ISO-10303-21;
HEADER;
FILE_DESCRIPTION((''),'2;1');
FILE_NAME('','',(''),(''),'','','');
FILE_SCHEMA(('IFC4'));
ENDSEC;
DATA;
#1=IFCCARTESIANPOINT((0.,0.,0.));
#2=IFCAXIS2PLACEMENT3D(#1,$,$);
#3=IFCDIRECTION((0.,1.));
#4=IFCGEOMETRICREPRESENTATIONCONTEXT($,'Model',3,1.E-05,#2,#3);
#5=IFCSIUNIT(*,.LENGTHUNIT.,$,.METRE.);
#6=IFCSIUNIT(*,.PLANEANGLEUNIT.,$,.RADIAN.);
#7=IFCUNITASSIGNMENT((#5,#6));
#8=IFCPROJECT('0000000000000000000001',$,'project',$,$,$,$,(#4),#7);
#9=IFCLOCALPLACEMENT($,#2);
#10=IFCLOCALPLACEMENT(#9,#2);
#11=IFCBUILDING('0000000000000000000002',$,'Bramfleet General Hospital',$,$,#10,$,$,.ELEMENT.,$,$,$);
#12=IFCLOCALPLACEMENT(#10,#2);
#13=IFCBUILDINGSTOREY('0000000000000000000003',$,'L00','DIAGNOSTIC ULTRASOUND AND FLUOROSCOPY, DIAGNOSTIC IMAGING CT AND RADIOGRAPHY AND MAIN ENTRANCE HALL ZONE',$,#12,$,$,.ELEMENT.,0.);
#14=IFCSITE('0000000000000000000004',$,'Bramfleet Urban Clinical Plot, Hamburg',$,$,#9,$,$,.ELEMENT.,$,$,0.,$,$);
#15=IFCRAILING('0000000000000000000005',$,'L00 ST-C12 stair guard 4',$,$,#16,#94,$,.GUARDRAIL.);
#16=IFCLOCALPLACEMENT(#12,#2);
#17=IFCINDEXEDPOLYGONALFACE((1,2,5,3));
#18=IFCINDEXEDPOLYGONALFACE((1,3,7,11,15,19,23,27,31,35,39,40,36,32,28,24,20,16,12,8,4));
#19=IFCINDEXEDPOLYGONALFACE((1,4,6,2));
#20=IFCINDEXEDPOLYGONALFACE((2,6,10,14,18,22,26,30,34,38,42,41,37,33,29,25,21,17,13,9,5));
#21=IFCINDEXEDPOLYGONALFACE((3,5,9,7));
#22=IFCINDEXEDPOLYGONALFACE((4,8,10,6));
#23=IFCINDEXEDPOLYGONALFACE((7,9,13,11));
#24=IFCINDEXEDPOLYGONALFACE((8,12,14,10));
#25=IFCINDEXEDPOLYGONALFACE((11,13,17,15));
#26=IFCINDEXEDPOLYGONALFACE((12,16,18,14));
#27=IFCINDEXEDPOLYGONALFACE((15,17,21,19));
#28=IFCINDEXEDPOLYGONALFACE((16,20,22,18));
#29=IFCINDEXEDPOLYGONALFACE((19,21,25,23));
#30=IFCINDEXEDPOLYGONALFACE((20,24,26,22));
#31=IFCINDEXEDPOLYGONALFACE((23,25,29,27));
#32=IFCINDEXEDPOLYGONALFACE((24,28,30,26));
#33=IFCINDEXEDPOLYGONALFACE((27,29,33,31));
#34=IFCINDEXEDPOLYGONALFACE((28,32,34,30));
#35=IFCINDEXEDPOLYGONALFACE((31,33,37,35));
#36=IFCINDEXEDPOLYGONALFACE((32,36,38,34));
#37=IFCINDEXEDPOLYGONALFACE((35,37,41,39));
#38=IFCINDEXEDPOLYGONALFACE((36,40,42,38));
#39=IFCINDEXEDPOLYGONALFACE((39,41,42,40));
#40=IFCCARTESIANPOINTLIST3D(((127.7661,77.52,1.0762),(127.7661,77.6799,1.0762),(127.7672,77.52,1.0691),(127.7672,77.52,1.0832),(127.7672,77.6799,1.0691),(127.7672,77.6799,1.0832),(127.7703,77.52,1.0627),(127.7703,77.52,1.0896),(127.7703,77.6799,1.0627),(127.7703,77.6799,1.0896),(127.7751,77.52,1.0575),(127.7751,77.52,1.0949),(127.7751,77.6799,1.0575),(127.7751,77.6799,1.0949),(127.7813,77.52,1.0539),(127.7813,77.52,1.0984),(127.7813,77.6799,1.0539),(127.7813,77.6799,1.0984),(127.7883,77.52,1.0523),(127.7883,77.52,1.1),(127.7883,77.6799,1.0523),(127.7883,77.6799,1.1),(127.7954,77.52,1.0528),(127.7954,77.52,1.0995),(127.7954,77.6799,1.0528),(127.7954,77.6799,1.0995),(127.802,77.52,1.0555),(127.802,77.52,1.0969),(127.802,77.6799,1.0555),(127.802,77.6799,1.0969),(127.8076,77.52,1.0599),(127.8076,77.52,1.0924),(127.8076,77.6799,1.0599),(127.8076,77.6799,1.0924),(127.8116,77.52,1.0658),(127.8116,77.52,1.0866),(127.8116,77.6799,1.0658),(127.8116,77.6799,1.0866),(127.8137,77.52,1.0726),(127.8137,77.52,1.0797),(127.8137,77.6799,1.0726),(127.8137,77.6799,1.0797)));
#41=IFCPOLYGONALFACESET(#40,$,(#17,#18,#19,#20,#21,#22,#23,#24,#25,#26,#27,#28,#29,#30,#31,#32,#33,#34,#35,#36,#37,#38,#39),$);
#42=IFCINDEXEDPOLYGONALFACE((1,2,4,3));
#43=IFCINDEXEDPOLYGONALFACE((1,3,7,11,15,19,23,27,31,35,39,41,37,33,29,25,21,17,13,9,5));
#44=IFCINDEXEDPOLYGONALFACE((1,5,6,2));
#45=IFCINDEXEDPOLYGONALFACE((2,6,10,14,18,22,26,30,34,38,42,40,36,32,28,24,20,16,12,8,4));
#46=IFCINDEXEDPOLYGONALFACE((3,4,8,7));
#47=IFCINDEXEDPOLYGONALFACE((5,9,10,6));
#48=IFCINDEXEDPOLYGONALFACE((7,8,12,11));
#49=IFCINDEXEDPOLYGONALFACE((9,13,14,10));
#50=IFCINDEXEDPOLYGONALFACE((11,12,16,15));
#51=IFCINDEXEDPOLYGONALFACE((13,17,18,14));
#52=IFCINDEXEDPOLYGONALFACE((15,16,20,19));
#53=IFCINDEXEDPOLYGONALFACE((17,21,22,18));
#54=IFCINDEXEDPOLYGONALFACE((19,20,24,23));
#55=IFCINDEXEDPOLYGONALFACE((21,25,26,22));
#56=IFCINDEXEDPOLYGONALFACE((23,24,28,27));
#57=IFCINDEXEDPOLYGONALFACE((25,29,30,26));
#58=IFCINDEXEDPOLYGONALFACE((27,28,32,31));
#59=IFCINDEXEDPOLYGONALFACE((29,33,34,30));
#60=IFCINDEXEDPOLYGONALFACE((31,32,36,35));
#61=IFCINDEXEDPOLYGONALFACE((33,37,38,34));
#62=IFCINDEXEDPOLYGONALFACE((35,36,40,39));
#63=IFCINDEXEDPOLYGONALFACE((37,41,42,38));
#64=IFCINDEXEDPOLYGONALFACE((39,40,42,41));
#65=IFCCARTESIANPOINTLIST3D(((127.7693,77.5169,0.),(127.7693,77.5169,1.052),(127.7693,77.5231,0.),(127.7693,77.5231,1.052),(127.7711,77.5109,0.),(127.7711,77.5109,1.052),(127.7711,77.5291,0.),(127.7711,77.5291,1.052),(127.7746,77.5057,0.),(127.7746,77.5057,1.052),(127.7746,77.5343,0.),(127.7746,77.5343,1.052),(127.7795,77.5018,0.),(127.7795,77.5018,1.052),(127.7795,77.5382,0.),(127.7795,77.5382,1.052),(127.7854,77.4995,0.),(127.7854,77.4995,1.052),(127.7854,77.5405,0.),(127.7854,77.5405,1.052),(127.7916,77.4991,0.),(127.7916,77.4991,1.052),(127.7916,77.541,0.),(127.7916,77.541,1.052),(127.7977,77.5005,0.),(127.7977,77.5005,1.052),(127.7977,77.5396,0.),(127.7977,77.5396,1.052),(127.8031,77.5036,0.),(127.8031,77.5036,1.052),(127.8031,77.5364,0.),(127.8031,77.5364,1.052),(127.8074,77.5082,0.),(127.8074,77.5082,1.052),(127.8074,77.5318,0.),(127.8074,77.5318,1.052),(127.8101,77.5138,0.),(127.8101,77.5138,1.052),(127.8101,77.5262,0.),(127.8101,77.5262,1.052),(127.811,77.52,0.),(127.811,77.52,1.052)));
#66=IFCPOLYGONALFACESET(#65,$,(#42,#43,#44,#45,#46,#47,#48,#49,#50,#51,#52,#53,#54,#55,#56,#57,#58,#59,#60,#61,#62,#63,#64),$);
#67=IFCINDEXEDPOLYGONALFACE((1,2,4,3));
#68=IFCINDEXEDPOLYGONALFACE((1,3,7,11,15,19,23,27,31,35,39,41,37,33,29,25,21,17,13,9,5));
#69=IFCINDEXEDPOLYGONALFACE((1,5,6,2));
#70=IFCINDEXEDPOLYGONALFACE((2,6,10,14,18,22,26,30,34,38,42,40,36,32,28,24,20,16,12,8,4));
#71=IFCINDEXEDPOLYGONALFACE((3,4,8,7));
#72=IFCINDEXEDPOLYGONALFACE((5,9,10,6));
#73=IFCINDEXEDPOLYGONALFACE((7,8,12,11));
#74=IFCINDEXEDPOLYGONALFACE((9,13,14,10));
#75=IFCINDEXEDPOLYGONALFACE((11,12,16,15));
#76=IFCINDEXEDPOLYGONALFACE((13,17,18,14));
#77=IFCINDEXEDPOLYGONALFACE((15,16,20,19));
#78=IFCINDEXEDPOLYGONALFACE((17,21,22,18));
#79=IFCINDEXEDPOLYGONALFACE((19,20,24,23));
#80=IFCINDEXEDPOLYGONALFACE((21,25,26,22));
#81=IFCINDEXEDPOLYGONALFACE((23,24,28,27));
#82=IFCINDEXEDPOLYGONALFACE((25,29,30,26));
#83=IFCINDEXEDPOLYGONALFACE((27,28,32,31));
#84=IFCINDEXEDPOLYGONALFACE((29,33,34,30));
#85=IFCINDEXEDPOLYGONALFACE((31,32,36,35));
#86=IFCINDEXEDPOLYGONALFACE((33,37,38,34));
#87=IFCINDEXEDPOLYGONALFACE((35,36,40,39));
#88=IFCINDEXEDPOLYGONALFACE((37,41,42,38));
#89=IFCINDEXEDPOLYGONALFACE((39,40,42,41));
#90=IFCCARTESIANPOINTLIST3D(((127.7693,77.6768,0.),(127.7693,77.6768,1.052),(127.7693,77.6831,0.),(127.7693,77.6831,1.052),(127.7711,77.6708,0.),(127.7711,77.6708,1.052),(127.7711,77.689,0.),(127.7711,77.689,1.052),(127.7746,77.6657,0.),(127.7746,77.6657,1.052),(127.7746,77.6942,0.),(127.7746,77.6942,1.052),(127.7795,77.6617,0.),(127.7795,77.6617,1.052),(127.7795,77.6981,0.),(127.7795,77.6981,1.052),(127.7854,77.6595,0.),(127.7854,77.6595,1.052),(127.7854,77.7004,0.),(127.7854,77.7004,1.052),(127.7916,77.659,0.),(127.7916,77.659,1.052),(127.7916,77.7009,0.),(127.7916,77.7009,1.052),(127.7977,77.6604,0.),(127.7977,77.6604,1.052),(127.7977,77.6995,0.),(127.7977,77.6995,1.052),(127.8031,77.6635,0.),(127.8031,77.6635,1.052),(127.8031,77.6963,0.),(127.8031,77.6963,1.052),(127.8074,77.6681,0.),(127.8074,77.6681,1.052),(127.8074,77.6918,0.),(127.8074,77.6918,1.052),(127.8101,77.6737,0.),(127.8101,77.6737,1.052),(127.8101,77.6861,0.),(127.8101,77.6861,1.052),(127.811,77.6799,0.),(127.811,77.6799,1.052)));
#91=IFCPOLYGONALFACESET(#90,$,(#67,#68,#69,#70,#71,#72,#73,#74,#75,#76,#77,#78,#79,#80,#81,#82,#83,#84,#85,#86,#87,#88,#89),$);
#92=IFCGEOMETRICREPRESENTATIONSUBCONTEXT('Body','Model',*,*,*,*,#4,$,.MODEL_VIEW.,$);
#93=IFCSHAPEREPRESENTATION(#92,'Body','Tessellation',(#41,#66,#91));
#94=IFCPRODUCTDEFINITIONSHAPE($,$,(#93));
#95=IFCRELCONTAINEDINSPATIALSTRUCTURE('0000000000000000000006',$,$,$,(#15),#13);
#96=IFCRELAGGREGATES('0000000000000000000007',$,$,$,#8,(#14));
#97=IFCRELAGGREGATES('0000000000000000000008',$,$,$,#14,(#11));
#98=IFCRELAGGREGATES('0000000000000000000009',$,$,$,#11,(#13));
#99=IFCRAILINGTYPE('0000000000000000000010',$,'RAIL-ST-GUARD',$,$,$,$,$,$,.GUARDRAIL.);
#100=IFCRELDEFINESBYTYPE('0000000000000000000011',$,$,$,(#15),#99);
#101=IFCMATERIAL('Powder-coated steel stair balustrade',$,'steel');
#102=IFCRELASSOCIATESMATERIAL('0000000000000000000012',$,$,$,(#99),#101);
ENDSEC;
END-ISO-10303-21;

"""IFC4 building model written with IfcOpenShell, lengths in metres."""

from ifc_helpers import new_model, si_unit, direction, frame, origin, origin_2d, place, context, subcontext, project, spatial, circle, extrude, material, type_object, element, save


model = new_model("IFC4")

# Units and contexts
model_context = context("Model", 3, precision=1e-05, world=origin(), true_north=direction((0.0, 1.0)))
body_context = subcontext(model_context, "Body", "Model", "MODEL_VIEW")
ifc_project = project(units=[si_unit("LENGTHUNIT", "METRE"), si_unit("PLANEANGLEUNIT", "RADIAN")], contexts=[model_context])

# Site, building, storey
site_placement = place(None, origin())
site = spatial("IfcSite", under=ifc_project, at=site_placement, Name="Bramfleet Urban Clinical Plot, Hamburg", CompositionType="ELEMENT", RefElevation=0.0)
building_placement = place(site_placement, origin())
building = spatial("IfcBuilding", under=site, at=building_placement, Name="Bramfleet General Hospital", CompositionType="ELEMENT")
storey_placement = place(building_placement, origin())
storey = spatial("IfcBuildingStorey", under=building, at=storey_placement, Name="L00", Description="DIAGNOSTIC ULTRASOUND AND FLUOROSCOPY, DIAGNOSTIC IMAGING CT AND RADIOGRAPHY AND MAIN ENTRANCE HALL ZONE", CompositionType="ELEMENT", Elevation=0.0)

# Railing
ifc_material_1 = material(Name="Powder-coated steel stair balustrade", Category="steel")
railing_type_1 = type_object("IfcRailingType", Name="RAIL-ST-GUARD", PredefinedType="GUARDRAIL", material=ifc_material_1)
railing_1_placement = place(storey_placement, frame((127.79, 77.52, 0.0)))
element("IfcRailing", 1, at=railing_1_placement, inside=storey, type_object=railing_type_1, Name="L00 ST-C12 stair guard 4", PredefinedType="GUARDRAIL", context=body_context, shape_type="SweptSolid", body=[
    extrude(circle(Radius=0.0239, at=origin_2d()), frame((0.0, 0.0, 1.0762), z_axis=(0.0, 1.0, 0.0), x_axis=(-1.0, 0.0, 0.0)), (0.0, 0.0, 1.0), 0.1599),
    extrude(circle(Radius=0.021, at=origin_2d()), origin(), (0.0, 0.0, 1.0), 1.052),
    extrude(circle(Radius=0.021, at=origin_2d()), frame((0.0, 0.1599, 0.0)), (0.0, 0.0, 1.0), 1.052),
])

save(model, "model.ifc")
